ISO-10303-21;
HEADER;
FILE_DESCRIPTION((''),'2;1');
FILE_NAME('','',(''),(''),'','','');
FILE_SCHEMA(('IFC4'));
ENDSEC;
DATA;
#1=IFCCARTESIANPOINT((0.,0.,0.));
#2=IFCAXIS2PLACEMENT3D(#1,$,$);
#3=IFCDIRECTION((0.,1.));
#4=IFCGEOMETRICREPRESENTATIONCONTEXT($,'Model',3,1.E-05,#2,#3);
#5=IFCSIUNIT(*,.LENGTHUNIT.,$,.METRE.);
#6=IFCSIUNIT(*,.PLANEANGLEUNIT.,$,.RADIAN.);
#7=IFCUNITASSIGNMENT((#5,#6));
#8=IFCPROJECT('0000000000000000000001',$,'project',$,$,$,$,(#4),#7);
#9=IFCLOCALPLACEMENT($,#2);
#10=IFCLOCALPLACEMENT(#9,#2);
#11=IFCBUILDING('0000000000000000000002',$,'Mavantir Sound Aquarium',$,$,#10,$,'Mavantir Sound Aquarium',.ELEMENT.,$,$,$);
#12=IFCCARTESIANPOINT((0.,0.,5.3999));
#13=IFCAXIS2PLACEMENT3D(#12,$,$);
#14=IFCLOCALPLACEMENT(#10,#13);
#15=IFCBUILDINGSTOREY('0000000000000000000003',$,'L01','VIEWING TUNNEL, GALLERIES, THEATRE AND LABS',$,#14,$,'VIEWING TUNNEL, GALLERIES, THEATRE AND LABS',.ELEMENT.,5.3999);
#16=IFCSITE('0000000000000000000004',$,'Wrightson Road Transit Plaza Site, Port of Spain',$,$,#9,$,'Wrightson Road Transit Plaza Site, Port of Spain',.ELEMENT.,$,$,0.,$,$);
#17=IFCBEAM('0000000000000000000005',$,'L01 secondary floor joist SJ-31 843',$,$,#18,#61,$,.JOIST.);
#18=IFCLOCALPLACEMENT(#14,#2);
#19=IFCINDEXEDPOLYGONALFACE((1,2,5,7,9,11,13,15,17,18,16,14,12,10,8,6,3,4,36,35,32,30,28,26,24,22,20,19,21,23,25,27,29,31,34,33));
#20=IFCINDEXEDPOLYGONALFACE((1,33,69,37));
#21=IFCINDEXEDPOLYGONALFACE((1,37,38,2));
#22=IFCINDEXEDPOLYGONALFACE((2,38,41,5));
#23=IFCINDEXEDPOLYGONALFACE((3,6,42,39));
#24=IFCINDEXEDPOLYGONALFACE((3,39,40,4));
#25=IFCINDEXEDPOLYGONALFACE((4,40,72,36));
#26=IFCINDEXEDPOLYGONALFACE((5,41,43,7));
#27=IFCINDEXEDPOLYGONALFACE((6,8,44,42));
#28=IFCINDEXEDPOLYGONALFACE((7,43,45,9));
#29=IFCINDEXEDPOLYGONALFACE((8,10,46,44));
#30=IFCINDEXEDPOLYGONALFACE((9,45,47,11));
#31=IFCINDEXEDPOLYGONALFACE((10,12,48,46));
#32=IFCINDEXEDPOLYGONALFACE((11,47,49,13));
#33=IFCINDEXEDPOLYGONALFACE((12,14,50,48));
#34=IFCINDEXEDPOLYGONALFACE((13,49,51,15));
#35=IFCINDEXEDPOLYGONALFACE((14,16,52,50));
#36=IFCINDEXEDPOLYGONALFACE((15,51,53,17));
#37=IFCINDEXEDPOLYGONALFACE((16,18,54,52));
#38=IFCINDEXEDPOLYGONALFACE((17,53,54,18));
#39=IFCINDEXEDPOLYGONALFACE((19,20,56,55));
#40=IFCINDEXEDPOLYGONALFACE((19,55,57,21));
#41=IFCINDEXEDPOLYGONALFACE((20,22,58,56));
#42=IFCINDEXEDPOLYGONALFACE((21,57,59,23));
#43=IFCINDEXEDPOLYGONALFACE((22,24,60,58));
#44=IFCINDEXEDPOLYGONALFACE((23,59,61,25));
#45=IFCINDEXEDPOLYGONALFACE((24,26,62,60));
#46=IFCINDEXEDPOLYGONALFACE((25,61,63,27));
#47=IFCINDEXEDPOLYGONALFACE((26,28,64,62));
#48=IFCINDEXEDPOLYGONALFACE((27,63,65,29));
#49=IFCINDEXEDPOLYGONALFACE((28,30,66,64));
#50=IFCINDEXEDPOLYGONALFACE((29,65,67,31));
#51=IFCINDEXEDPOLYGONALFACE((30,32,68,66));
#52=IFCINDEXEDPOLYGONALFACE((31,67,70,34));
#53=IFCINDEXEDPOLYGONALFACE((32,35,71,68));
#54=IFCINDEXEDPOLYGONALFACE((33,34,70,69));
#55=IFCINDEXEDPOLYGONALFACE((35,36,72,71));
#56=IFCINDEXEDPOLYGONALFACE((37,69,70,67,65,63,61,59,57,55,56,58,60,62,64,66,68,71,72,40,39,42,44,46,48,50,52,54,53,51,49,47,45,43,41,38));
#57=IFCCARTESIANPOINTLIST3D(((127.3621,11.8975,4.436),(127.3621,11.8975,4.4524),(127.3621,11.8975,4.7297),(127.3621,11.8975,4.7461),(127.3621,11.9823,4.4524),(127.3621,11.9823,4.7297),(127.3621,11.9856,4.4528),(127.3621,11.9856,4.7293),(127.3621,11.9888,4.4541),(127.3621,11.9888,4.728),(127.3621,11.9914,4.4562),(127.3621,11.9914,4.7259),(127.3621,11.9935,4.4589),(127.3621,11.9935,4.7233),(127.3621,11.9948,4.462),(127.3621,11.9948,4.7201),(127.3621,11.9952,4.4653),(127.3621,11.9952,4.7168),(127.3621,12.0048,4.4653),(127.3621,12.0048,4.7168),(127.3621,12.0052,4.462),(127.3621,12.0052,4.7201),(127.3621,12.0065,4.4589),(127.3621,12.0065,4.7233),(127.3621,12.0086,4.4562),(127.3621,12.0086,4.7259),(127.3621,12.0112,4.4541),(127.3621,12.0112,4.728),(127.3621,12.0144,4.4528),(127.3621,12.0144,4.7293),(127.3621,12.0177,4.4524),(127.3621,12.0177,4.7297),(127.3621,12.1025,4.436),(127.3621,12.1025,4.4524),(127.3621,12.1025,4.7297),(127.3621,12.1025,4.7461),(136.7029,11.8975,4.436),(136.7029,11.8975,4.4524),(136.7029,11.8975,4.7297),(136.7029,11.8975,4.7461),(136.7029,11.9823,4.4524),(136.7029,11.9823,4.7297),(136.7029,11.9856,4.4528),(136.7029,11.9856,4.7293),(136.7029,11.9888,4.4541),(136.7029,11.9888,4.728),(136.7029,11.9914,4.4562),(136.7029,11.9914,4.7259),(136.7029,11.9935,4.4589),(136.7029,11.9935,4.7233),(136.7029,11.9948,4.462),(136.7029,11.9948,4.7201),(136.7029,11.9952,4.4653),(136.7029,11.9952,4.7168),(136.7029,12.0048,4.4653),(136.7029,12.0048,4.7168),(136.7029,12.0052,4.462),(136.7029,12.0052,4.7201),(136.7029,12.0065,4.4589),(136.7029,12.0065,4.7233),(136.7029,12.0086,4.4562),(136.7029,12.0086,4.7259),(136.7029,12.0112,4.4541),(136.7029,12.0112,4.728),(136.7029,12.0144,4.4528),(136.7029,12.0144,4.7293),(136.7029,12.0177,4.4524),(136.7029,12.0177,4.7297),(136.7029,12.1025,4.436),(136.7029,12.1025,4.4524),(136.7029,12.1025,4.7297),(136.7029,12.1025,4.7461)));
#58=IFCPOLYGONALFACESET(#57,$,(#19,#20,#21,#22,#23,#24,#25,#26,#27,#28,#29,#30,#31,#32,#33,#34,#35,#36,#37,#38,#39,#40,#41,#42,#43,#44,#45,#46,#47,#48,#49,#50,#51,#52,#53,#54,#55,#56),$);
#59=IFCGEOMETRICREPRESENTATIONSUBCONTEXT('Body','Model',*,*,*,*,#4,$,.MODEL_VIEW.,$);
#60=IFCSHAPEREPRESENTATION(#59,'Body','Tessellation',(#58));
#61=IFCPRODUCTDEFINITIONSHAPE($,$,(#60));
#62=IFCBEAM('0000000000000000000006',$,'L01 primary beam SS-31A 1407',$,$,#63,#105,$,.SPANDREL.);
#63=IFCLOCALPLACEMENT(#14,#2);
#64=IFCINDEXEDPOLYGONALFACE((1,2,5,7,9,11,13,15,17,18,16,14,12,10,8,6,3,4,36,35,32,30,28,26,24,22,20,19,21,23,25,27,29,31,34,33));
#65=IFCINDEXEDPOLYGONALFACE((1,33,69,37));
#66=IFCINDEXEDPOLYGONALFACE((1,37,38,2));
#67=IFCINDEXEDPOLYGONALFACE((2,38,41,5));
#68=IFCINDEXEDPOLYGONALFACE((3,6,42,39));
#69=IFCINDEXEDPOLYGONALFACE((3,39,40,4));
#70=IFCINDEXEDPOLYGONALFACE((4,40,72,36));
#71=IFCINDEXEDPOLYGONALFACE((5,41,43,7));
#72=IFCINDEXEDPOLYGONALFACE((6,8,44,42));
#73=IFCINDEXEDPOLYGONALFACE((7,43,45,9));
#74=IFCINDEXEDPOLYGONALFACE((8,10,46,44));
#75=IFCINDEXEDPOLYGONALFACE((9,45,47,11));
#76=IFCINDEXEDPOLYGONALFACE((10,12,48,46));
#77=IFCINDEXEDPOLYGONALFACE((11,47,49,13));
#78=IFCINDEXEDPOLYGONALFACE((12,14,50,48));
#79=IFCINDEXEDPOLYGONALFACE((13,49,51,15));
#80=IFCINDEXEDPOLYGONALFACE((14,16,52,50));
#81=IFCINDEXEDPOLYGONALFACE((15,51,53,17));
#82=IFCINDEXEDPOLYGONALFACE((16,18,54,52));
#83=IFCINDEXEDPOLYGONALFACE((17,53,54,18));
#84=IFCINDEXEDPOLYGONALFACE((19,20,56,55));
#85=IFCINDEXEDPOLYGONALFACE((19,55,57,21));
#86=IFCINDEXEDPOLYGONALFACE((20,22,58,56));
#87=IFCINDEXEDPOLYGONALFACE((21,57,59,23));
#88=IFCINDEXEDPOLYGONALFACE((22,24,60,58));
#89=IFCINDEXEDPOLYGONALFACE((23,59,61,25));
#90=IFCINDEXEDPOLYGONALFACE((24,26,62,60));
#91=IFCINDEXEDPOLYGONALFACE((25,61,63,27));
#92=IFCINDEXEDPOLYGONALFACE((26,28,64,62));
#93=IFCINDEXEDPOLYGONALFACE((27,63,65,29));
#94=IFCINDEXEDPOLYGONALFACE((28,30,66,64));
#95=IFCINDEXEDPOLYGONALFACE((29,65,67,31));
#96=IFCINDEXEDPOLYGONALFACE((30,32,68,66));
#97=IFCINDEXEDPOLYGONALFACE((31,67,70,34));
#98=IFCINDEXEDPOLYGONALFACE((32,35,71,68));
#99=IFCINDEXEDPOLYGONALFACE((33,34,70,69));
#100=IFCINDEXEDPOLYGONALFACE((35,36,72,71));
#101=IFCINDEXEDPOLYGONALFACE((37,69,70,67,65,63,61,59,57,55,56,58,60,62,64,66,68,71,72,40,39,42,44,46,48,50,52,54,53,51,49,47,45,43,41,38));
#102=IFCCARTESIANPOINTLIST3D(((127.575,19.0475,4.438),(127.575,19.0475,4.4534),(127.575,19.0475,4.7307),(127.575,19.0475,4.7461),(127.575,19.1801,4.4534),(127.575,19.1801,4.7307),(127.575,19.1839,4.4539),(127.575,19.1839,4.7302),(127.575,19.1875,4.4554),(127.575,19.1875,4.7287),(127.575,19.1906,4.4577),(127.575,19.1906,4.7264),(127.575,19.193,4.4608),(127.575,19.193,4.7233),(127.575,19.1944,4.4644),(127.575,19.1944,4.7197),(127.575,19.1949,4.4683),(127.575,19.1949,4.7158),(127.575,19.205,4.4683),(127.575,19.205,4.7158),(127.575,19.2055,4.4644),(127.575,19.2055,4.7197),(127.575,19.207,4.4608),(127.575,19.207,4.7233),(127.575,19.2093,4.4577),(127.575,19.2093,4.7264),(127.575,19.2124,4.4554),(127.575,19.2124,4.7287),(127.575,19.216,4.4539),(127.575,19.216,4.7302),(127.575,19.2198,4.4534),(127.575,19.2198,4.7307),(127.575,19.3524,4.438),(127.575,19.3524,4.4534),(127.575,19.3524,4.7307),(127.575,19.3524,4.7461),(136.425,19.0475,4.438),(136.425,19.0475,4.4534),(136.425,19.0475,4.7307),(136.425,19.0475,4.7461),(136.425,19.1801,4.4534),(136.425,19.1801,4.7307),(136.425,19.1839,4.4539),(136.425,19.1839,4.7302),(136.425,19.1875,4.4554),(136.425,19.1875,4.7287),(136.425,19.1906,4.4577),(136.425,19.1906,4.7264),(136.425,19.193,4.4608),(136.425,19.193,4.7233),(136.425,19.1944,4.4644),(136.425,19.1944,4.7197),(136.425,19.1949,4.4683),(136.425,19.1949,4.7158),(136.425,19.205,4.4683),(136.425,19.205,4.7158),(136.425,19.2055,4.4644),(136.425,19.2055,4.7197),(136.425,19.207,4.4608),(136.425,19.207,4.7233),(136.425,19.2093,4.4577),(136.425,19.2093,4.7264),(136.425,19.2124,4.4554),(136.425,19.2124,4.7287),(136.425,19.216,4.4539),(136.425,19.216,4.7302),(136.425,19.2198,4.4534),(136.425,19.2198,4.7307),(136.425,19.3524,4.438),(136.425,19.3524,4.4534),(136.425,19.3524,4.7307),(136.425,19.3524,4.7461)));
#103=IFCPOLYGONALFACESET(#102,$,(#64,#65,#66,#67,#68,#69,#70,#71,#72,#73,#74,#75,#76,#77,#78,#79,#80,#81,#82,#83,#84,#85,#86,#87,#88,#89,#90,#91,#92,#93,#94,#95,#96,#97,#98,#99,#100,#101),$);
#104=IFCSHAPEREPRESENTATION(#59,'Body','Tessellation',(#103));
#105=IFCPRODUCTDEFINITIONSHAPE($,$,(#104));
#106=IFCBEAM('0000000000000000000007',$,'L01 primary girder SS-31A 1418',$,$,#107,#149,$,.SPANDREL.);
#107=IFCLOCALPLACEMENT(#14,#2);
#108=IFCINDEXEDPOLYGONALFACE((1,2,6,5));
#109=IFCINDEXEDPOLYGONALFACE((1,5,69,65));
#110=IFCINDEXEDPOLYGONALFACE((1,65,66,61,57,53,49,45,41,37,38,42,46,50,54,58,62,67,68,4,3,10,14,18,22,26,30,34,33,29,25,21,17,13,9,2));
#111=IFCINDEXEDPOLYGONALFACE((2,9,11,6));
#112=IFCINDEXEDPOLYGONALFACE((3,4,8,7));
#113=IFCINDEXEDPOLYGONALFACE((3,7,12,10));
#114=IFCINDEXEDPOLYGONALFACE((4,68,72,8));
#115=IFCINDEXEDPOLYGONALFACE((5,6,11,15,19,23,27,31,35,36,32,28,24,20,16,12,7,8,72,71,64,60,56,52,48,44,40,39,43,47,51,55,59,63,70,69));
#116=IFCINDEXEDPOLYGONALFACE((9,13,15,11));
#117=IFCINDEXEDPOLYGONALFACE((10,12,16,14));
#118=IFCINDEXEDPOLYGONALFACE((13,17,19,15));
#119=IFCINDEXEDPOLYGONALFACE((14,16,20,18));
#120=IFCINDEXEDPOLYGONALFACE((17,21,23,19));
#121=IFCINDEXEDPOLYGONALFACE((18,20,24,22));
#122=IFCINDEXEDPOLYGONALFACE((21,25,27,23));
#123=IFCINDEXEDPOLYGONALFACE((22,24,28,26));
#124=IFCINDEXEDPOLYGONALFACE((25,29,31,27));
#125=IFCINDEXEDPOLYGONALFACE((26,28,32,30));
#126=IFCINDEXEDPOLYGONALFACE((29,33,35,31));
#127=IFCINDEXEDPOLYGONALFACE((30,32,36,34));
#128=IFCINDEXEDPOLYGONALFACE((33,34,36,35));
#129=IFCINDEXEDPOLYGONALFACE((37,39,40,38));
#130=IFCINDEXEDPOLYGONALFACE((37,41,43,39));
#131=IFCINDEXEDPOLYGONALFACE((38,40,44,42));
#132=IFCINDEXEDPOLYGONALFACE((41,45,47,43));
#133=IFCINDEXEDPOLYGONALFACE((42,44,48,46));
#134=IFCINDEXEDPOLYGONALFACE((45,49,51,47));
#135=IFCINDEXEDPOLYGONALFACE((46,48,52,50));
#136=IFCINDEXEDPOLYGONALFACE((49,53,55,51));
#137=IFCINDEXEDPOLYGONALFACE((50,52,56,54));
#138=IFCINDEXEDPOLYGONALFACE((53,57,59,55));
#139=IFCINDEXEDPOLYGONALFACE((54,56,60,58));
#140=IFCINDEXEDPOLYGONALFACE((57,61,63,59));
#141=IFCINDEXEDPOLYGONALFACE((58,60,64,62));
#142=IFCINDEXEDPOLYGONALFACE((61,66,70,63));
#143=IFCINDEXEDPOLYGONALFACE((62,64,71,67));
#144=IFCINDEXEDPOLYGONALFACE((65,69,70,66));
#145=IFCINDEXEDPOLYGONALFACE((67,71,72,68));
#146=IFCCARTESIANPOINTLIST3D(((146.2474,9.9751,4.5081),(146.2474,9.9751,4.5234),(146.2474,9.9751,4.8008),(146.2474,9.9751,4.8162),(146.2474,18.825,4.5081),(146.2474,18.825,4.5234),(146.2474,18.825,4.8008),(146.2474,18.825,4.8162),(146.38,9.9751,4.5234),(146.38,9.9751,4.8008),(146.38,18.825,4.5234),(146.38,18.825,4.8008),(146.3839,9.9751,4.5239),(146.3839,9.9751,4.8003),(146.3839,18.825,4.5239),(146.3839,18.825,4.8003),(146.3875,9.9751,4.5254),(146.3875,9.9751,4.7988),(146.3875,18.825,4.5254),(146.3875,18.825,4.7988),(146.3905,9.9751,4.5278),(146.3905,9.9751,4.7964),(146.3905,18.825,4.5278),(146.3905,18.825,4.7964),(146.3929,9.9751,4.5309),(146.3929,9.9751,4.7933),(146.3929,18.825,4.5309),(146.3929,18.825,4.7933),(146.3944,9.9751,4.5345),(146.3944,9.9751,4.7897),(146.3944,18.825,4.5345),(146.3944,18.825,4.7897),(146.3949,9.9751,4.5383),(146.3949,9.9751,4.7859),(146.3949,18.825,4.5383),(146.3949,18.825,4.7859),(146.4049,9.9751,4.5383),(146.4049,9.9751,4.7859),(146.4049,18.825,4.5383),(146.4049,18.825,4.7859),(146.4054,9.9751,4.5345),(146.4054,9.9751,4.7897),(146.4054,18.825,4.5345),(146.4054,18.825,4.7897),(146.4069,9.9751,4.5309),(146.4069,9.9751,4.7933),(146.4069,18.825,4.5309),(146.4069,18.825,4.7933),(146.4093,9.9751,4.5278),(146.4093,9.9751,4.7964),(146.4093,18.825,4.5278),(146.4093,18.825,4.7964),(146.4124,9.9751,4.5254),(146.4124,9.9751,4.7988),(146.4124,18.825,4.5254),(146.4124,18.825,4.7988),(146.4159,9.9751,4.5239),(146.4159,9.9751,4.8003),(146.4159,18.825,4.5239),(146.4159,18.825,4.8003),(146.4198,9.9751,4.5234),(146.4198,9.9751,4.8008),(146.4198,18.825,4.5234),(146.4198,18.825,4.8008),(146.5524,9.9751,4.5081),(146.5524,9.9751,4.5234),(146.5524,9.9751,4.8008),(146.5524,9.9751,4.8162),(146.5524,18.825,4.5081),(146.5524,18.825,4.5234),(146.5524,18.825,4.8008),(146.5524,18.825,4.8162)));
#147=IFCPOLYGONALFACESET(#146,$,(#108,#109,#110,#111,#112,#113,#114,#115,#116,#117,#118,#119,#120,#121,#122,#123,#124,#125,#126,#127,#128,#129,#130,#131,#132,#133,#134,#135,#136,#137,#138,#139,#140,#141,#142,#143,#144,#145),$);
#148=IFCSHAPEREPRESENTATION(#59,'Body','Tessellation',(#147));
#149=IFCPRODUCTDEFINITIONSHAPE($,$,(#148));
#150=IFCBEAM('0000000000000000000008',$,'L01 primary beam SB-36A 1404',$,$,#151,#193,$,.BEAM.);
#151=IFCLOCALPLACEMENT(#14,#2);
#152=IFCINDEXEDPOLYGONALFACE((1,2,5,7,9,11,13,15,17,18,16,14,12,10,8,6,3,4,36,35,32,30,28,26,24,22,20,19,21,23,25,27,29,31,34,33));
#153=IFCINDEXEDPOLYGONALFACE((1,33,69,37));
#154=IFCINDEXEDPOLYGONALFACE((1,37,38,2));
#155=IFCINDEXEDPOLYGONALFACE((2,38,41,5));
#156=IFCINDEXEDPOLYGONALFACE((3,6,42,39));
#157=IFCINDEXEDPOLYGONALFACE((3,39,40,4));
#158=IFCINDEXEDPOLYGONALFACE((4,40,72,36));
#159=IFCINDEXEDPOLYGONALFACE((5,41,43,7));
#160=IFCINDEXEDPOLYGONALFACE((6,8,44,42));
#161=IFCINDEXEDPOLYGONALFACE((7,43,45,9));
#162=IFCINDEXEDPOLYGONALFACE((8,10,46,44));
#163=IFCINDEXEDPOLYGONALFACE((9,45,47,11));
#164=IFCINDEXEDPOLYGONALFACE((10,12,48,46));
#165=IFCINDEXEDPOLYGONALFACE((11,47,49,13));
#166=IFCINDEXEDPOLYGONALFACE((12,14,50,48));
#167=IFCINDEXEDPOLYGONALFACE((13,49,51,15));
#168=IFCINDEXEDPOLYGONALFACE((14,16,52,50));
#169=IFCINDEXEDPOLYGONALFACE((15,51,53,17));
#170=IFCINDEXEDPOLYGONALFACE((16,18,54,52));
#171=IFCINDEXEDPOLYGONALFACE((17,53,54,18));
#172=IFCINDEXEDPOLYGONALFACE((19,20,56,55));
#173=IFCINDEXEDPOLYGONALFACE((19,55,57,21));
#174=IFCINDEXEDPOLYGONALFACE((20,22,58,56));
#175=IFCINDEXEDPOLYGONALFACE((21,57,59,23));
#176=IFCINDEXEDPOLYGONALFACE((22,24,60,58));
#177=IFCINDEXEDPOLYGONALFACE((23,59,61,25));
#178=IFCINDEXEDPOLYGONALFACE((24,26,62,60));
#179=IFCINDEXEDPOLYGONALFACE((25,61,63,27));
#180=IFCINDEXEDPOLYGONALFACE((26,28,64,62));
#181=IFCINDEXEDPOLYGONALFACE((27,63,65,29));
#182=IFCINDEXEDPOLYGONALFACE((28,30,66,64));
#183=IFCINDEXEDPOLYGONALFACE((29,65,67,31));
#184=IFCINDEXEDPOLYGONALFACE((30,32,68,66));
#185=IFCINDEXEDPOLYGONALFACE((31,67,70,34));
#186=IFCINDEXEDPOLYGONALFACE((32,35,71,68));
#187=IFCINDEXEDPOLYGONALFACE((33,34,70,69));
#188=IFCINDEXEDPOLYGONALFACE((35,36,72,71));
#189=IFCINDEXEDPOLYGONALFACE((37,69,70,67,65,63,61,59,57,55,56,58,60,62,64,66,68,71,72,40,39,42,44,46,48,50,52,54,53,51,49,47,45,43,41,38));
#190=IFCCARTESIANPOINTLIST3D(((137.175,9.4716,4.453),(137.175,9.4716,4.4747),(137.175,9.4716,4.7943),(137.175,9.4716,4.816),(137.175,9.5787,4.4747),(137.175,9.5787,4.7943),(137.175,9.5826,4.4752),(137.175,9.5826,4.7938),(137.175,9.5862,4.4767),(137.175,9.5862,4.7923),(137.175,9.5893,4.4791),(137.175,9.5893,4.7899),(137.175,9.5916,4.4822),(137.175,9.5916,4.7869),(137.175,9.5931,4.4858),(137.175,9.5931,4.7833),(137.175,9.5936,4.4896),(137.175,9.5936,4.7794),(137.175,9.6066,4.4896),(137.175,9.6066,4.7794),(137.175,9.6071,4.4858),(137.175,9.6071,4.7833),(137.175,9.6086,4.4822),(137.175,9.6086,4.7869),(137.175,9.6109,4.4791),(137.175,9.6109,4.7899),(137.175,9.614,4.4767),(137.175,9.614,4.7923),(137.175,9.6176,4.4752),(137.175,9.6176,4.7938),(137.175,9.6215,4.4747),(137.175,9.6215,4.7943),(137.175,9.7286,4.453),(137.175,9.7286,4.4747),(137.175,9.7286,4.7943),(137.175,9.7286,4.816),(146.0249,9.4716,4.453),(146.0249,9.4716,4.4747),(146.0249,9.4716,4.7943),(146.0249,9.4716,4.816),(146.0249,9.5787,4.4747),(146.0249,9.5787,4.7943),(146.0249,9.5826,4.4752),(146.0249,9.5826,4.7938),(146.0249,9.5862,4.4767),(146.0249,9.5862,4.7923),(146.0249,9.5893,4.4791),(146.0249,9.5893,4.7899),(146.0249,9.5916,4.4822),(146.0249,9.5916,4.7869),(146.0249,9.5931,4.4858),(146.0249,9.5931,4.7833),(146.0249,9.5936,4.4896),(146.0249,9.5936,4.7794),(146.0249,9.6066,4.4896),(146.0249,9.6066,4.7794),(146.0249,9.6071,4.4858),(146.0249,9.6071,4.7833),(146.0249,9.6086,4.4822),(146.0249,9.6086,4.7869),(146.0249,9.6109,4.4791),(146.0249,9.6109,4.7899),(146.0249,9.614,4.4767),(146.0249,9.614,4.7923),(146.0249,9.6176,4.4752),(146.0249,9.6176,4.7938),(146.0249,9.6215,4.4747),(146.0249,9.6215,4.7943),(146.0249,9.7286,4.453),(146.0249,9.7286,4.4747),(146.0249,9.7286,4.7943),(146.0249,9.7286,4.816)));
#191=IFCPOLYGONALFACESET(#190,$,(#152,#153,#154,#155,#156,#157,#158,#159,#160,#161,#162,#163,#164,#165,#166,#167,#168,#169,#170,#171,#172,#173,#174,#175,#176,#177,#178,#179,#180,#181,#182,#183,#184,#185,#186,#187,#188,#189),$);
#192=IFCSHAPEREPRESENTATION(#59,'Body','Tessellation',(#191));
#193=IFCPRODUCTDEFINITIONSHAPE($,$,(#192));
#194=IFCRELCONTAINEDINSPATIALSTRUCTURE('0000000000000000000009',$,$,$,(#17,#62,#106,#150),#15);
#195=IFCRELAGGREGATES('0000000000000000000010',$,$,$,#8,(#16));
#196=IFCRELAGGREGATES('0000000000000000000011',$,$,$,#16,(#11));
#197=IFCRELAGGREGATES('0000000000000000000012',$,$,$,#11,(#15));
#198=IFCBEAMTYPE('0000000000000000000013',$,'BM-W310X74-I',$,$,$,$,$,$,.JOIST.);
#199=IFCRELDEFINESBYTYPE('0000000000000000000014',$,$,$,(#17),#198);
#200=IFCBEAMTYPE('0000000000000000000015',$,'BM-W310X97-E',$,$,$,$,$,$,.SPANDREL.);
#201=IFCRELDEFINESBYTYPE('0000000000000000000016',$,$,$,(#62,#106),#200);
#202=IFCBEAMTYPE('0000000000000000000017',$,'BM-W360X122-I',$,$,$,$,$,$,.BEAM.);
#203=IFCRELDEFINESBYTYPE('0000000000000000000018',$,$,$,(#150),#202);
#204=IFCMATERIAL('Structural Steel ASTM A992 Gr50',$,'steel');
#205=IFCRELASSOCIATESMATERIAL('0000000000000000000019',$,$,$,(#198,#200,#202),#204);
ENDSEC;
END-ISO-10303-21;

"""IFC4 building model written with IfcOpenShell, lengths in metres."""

from ifc_helpers import new_model, si_unit, direction, frame, origin, origin_2d, place, context, subcontext, project, spatial, i_section, extrude, material, material_profile, profile_set, type_object, element, save


model = new_model("IFC4")

# Units and contexts
model_context = context("Model", 3, precision=1e-05, world=origin(), true_north=direction((0.0, 1.0)))
body_context = subcontext(model_context, "Body", "Model", "MODEL_VIEW")
ifc_project = project(units=[si_unit("LENGTHUNIT", "METRE"), si_unit("PLANEANGLEUNIT", "RADIAN")], contexts=[model_context])

# Site, building, storey
site_placement = place(None, origin())
site = spatial("IfcSite", under=ifc_project, at=site_placement, Name="Wrightson Road Transit Plaza Site, Port of Spain", LongName="Wrightson Road Transit Plaza Site, Port of Spain", CompositionType="ELEMENT", RefElevation=0.0)
building_placement = place(site_placement, origin())
building = spatial("IfcBuilding", under=site, at=building_placement, Name="Mavantir Sound Aquarium", LongName="Mavantir Sound Aquarium", CompositionType="ELEMENT")
storey_placement = place(building_placement, frame((0.0, 0.0, 5.3999)))
storey = spatial("IfcBuildingStorey", under=building, at=storey_placement, Name="L01", Description="VIEWING TUNNEL, GALLERIES, THEATRE AND LABS", LongName="VIEWING TUNNEL, GALLERIES, THEATRE AND LABS", CompositionType="ELEMENT", Elevation=5.3999)

# Beams
ifc_material_1 = material(Name="Structural Steel ASTM A992 Gr50", Category="steel")
ifc_material_profile_1 = material_profile(ifc_material_1, i_section(OverallWidth=0.2051, OverallDepth=0.3101, WebThickness=0.0095, FlangeThickness=0.0164, FilletRadius=0.0129, at=origin_2d()), Name="W310X74")
ifc_profile_set_1 = profile_set([ifc_material_profile_1], Name="Structural Steel ASTM A992 Gr50")
beam_type_1 = type_object("IfcBeamType", Name="BM-W310X74-I", PredefinedType="JOIST", material=ifc_profile_set_1)
beam_1_placement = place(storey_placement, frame((127.3621, 12.0, 4.5911), z_axis=(1.0, 0.0, 0.0), x_axis=(0.0, 1.0, 0.0)))
element("IfcBeam", 1, at=beam_1_placement, inside=storey, type_object=beam_type_1, Name="L01 secondary floor joist SJ-31 843", PredefinedType="JOIST", context=body_context, shape_type="SweptSolid", body=[
    extrude(i_section(OverallWidth=0.2051, OverallDepth=0.3101, WebThickness=0.0095, FlangeThickness=0.0164, FilletRadius=0.0129, at=origin_2d()), origin(), (0.0, 0.0, 1.0), 9.3408),
])
ifc_material_profile_2 = material_profile(ifc_material_1, i_section(OverallWidth=0.3049, OverallDepth=0.3081, WebThickness=0.01, FlangeThickness=0.0154, FilletRadius=0.0149, at=origin_2d()), Name="W310X97")
ifc_profile_set_2 = profile_set([ifc_material_profile_2], Name="Structural Steel ASTM A992 Gr50")
beam_type_2 = type_object("IfcBeamType", Name="BM-W310X97-E", PredefinedType="SPANDREL", material=ifc_profile_set_2)
beam_2_placement = place(storey_placement, frame((127.575, 19.2, 4.592), z_axis=(1.0, 0.0, 0.0), x_axis=(0.0, 1.0, 0.0)))
element("IfcBeam", 2, at=beam_2_placement, inside=storey, type_object=beam_type_2, Name="L01 primary beam SS-31A 1407", PredefinedType="SPANDREL", context=body_context, shape_type="SweptSolid", body=[
    extrude(i_section(OverallWidth=0.3049, OverallDepth=0.3081, WebThickness=0.01, FlangeThickness=0.0154, FilletRadius=0.0149, at=origin_2d()), origin(), (0.0, 0.0, 1.0), 8.8501),
])
beam_3_placement = place(storey_placement, frame((146.3999, 9.9751, 4.6621), z_axis=(0.0, 1.0, 0.0), x_axis=(-1.0, 0.0, 0.0)))
element("IfcBeam", 3, at=beam_3_placement, inside=storey, type_object=beam_type_2, Name="L01 primary girder SS-31A 1418", PredefinedType="SPANDREL", context=body_context, shape_type="SweptSolid", body=[
    extrude(i_section(OverallWidth=0.3049, OverallDepth=0.3081, WebThickness=0.01, FlangeThickness=0.0154, FilletRadius=0.0149, at=origin_2d()), origin(), (0.0, 0.0, 1.0), 8.8499),
])
ifc_material_profile_3 = material_profile(ifc_material_1, i_section(OverallWidth=0.2571, OverallDepth=0.363, WebThickness=0.0129, FlangeThickness=0.0217, FilletRadius=0.0149, at=origin_2d()), Name="W360X122")
ifc_profile_set_3 = profile_set([ifc_material_profile_3], Name="Structural Steel ASTM A992 Gr50")
beam_type_3 = type_object("IfcBeamType", Name="BM-W360X122-I", PredefinedType="BEAM", material=ifc_profile_set_3)
beam_4_placement = place(storey_placement, frame((137.175, 9.6001, 4.6345), z_axis=(1.0, 0.0, 0.0), x_axis=(0.0, 1.0, 0.0)))
element("IfcBeam", 4, at=beam_4_placement, inside=storey, type_object=beam_type_3, Name="L01 primary beam SB-36A 1404", PredefinedType="BEAM", context=body_context, shape_type="SweptSolid", body=[
    extrude(i_section(OverallWidth=0.2571, OverallDepth=0.363, WebThickness=0.0129, FlangeThickness=0.0217, FilletRadius=0.0149, at=origin_2d()), origin(), (0.0, 0.0, 1.0), 8.8499),
])

save(model, "model.ifc")
